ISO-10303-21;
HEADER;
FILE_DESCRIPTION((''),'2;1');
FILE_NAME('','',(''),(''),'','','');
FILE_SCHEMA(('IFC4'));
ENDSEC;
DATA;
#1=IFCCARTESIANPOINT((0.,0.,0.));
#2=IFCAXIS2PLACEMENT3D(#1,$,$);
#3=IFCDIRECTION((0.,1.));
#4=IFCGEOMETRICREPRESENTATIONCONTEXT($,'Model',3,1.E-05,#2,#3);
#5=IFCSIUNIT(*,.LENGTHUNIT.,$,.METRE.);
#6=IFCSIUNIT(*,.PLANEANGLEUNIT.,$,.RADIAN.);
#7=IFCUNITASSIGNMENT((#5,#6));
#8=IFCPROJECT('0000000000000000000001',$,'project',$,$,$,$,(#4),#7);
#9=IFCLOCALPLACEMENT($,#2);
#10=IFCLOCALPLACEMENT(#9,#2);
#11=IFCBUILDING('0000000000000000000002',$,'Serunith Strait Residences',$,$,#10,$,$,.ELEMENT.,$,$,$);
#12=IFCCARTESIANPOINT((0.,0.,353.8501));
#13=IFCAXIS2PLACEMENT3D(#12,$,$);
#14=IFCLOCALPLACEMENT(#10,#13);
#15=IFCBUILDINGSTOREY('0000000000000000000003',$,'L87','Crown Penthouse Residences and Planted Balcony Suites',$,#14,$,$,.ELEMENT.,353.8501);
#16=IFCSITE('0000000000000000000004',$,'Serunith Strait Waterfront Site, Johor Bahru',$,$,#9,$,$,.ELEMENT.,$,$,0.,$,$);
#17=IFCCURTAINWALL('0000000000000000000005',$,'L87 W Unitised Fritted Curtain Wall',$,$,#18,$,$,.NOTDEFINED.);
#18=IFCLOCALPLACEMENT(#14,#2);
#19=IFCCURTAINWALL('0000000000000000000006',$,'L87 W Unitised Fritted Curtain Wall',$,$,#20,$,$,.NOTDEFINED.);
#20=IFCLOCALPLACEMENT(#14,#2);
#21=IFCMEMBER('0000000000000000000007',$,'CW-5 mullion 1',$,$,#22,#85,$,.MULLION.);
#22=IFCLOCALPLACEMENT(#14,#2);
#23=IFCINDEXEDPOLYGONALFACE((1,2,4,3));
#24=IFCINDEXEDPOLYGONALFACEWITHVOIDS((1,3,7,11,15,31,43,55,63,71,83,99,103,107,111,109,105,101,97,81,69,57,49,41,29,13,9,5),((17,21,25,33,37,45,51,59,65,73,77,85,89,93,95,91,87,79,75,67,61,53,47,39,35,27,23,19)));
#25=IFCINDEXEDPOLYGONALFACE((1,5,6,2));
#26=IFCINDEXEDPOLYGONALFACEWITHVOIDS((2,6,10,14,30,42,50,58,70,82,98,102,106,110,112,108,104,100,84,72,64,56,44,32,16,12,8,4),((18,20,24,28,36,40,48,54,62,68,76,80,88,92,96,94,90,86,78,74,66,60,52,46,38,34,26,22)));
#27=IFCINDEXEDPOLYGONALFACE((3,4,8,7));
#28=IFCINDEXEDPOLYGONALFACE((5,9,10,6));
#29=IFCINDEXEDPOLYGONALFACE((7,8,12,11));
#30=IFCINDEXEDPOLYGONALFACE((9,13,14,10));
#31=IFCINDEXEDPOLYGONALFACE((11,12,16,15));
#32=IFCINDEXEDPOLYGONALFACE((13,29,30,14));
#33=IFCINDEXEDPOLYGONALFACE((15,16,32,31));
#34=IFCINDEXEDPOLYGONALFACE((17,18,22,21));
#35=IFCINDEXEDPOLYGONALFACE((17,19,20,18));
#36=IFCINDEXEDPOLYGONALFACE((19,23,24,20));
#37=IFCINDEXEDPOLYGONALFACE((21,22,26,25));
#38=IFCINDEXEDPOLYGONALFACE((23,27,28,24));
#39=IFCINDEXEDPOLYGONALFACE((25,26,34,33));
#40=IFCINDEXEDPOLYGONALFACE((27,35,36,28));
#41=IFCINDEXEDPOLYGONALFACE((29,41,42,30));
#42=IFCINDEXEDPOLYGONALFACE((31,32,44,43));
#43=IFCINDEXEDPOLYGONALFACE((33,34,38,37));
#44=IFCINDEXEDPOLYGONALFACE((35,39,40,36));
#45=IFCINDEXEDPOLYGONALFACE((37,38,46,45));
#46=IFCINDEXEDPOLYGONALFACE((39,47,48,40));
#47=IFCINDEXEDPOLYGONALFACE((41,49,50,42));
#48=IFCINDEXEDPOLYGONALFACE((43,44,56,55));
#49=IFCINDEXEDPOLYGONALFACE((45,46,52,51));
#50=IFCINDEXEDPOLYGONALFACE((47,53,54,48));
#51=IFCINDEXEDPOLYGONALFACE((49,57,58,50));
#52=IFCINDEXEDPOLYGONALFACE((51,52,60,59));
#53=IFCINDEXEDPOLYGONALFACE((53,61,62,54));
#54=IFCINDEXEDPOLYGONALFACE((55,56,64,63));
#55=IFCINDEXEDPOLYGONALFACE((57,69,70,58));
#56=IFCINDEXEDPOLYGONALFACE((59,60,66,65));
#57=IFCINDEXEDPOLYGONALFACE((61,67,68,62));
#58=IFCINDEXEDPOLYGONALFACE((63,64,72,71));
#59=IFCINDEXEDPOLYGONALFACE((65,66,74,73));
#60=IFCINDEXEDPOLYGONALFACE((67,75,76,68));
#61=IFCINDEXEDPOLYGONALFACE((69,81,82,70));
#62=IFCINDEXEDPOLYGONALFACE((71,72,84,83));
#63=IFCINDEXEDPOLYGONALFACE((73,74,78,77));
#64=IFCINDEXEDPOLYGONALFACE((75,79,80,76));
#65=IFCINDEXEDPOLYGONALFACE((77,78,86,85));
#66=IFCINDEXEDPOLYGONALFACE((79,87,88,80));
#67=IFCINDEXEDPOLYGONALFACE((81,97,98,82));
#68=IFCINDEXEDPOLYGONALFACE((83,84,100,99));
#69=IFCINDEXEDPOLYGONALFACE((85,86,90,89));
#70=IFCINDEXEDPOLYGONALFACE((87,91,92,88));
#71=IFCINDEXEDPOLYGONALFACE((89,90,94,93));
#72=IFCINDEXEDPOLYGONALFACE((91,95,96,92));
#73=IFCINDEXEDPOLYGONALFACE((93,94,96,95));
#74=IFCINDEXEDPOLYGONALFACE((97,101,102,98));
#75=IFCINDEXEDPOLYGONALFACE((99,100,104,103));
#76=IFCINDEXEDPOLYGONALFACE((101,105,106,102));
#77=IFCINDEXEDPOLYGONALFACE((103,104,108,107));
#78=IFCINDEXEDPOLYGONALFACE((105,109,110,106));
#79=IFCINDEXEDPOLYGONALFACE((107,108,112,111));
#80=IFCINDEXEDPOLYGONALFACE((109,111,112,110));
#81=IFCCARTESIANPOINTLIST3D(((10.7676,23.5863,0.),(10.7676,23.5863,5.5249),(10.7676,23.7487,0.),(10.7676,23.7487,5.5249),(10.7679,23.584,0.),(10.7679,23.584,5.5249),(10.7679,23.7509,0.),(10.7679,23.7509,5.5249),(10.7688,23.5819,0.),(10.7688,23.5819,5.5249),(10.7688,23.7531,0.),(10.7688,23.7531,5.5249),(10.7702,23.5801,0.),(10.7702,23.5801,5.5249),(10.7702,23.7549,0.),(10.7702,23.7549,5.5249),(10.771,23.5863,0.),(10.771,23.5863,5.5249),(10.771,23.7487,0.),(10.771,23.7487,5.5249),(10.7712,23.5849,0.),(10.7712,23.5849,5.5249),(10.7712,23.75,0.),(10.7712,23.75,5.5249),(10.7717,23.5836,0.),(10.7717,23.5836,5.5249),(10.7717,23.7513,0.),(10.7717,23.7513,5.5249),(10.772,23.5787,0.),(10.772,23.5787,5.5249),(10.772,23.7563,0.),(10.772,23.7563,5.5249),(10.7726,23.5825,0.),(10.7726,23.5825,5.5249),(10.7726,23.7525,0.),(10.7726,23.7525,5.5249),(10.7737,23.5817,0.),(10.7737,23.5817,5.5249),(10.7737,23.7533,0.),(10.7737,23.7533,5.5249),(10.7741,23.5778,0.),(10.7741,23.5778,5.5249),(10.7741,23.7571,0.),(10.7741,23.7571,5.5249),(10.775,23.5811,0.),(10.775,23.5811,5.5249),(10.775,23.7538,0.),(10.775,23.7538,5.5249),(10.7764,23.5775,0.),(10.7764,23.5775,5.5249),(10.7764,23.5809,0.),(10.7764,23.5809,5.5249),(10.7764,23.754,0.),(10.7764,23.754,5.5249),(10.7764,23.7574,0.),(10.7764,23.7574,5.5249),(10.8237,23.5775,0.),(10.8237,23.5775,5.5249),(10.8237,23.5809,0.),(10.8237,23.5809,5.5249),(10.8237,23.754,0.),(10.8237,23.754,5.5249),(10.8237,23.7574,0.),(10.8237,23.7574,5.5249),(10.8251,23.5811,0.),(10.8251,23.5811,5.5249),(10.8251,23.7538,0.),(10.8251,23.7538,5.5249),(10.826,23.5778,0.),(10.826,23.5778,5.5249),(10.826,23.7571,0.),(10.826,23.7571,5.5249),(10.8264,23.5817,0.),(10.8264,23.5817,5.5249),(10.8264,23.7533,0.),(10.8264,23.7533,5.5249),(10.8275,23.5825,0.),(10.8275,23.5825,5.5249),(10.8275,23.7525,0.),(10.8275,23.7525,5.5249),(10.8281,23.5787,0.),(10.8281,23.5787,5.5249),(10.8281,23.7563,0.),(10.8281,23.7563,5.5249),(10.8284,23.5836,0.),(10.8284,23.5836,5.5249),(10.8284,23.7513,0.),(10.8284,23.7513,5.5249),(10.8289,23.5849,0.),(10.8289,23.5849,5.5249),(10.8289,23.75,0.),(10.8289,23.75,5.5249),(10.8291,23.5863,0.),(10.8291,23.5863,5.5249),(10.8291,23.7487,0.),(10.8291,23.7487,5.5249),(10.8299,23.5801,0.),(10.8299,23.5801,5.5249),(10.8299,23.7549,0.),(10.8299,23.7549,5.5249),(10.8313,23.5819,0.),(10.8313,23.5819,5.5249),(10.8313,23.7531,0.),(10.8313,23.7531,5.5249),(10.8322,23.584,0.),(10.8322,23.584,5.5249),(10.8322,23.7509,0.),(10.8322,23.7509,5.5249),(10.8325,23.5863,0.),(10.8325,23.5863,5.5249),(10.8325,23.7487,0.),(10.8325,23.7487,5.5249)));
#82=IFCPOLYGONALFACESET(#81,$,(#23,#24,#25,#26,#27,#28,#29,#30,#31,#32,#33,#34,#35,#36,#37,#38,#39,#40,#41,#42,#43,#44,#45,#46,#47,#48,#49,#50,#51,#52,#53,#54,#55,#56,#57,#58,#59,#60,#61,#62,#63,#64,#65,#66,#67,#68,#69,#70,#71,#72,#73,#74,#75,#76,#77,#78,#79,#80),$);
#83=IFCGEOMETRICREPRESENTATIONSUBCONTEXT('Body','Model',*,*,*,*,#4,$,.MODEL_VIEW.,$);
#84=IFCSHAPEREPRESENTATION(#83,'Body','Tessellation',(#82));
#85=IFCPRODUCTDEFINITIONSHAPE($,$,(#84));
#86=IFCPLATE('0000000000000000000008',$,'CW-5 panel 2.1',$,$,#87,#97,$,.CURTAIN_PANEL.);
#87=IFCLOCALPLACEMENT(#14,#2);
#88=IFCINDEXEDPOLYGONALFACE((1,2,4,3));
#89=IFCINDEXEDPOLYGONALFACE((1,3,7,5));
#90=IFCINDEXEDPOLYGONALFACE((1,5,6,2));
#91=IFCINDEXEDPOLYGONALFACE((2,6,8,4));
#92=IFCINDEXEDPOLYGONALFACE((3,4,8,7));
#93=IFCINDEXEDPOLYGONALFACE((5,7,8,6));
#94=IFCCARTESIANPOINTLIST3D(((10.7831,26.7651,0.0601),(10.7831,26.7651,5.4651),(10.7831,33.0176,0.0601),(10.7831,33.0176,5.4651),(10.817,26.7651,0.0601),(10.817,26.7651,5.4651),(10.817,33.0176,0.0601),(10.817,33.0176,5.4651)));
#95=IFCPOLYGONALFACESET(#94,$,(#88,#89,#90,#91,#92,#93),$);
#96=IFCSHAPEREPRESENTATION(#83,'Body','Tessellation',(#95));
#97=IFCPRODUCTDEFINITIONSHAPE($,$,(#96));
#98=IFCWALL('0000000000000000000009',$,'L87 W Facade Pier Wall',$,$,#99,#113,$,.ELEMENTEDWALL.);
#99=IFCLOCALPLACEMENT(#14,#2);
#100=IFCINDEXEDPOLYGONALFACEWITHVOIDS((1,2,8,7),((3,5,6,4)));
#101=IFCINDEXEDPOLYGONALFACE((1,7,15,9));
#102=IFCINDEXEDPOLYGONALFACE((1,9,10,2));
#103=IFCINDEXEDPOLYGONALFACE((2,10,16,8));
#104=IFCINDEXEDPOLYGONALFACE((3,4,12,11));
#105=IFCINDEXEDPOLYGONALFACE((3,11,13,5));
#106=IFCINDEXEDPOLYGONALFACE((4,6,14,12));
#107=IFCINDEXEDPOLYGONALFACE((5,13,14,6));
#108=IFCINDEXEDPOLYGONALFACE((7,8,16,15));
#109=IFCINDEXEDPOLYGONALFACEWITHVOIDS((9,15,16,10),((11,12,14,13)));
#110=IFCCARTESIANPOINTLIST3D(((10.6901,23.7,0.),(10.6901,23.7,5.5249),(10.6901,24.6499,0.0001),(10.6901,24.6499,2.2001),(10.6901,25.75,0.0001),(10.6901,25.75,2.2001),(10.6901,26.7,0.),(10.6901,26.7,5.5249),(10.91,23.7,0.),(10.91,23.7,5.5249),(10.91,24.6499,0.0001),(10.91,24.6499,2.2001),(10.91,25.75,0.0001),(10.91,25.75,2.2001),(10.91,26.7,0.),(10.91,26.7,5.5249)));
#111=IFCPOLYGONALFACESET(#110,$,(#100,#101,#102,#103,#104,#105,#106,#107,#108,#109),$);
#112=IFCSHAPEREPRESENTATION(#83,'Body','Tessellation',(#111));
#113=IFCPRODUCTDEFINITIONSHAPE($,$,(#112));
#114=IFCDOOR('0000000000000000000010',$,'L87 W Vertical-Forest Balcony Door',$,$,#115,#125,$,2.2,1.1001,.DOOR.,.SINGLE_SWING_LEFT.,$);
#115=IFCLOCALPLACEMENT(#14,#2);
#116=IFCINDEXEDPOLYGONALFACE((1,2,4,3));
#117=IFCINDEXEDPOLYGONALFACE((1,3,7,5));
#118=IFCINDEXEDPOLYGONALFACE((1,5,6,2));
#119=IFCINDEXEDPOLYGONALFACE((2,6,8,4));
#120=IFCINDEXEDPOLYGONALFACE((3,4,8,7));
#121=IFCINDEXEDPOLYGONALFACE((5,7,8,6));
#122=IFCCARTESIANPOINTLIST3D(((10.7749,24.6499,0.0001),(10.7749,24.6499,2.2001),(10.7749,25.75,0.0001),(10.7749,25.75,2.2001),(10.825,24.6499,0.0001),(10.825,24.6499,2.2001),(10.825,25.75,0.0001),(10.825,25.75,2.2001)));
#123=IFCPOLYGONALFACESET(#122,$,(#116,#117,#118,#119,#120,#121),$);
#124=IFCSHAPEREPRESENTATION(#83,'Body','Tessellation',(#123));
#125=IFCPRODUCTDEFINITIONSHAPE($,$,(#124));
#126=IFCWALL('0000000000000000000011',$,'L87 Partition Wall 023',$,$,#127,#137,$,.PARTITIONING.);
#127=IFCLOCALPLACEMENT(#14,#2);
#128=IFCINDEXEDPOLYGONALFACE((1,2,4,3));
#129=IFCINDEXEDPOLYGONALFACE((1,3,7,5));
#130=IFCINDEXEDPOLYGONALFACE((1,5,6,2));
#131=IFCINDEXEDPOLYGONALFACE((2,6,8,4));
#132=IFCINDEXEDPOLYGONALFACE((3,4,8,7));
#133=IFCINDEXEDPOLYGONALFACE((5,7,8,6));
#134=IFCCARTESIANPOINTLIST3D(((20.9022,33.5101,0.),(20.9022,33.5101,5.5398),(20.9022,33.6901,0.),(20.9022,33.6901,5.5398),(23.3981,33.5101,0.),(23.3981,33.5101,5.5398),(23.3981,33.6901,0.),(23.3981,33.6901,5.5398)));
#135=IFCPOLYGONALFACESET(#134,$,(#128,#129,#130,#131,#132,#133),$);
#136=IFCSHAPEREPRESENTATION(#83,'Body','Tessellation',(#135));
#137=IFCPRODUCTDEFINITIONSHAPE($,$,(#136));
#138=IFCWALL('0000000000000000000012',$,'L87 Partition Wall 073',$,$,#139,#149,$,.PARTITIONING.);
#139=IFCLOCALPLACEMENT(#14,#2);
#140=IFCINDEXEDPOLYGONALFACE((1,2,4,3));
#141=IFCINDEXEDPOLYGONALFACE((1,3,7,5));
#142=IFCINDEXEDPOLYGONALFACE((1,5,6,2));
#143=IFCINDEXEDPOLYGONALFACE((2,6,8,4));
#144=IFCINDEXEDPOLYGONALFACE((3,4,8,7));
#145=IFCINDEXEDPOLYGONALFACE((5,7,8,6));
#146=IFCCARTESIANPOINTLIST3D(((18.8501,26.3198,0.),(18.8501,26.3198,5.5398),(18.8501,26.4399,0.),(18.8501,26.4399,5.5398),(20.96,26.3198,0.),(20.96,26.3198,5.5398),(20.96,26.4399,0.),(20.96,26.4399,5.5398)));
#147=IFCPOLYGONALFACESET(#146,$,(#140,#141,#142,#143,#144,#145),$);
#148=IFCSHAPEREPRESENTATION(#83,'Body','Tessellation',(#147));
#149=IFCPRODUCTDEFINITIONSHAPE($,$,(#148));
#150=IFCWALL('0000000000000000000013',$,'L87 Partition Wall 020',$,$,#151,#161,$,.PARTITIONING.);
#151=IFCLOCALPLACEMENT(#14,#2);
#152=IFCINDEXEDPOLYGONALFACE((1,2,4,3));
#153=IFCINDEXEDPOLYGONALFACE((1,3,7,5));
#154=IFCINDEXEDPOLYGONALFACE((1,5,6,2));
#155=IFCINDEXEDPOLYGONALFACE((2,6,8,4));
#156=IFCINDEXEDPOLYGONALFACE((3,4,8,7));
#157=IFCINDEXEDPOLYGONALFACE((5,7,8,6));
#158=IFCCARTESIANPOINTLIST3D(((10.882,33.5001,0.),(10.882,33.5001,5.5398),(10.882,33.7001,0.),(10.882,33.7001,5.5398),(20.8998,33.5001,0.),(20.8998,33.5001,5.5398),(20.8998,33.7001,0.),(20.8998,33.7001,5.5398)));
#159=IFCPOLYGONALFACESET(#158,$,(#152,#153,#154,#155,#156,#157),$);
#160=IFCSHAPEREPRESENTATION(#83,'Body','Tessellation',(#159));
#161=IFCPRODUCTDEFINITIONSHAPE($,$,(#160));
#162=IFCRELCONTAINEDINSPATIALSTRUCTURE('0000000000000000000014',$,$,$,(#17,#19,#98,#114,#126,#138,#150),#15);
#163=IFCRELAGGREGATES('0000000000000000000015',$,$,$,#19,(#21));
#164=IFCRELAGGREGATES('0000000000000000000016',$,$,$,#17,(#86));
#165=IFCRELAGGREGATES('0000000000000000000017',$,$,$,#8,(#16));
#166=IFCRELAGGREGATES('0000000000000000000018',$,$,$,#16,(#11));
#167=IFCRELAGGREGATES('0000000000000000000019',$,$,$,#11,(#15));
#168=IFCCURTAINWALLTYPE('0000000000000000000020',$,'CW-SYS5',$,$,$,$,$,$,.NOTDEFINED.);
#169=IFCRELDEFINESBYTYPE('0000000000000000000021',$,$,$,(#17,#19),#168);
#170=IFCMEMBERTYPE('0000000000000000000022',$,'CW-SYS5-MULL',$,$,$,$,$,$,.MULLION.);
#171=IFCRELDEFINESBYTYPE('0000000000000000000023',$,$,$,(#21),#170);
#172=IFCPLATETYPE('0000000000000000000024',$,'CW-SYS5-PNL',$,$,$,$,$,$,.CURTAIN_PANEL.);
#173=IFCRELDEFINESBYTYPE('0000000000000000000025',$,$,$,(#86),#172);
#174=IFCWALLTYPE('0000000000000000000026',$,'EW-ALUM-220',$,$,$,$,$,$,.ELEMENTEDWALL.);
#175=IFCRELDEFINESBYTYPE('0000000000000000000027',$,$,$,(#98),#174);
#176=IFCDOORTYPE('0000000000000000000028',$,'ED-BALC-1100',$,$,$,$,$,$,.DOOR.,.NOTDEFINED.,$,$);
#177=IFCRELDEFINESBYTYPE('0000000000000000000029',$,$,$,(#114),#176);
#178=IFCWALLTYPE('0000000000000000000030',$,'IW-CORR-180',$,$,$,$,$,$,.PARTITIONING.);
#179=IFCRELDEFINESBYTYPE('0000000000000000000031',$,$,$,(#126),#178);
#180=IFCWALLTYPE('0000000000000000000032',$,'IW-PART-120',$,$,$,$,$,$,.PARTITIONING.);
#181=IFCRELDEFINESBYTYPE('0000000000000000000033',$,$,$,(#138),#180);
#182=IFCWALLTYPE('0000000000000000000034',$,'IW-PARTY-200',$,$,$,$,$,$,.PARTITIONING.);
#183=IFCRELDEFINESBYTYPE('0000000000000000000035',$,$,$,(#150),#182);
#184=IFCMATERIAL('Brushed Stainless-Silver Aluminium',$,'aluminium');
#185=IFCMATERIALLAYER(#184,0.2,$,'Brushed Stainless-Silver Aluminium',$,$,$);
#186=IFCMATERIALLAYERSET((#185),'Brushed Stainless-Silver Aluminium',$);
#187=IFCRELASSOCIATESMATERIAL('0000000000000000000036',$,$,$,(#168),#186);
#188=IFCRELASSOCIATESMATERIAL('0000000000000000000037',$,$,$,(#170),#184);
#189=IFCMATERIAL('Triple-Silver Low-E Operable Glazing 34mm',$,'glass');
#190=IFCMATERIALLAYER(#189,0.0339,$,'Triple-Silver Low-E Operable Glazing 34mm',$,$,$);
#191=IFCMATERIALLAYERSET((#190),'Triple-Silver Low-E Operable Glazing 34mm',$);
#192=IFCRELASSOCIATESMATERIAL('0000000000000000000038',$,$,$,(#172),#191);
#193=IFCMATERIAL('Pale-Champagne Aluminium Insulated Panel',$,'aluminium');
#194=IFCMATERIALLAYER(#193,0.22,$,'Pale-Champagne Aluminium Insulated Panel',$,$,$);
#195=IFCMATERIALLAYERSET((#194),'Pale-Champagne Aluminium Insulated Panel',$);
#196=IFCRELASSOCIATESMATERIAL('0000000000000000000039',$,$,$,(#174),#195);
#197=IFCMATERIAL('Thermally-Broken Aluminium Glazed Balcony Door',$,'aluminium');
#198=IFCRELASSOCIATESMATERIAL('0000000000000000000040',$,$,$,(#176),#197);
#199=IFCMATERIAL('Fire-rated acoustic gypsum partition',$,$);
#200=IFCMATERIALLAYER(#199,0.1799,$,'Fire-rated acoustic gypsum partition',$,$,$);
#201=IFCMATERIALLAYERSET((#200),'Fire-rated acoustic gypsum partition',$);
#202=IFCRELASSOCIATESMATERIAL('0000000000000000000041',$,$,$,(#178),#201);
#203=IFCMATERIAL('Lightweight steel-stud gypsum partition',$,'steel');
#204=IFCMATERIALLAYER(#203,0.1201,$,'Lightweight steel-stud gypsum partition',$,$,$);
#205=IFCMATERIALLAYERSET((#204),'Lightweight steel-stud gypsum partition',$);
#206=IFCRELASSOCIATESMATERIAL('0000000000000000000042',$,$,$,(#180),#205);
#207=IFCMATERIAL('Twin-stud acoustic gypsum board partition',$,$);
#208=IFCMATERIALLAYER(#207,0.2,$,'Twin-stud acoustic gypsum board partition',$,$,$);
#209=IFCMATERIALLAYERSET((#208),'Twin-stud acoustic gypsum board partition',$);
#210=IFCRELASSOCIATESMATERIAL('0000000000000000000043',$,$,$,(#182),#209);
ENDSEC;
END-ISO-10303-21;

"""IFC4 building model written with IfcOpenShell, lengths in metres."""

from ifc_helpers import new_model, si_unit, direction, frame, frame_2d, origin, origin_2d, place, context, subcontext, project, spatial, rectangle, hollow_rectangle, extrude, source, transform, mapped, material, layer, layer_set, material_profile, profile_set, type_object, element, fill, aggregate, save


model = new_model("IFC4")

# Units and contexts
model_context = context("Model", 3, precision=1e-05, world=origin(), true_north=direction((0.0, 1.0)))
body_context = subcontext(model_context, "Body", "Model", "MODEL_VIEW")
ifc_project = project(units=[si_unit("LENGTHUNIT", "METRE"), si_unit("PLANEANGLEUNIT", "RADIAN")], contexts=[model_context])

# Site, building, storey
site_placement = place(None, origin())
site = spatial("IfcSite", under=ifc_project, at=site_placement, Name="Serunith Strait Waterfront Site, Johor Bahru", CompositionType="ELEMENT", RefElevation=0.0)
building_placement = place(site_placement, origin())
building = spatial("IfcBuilding", under=site, at=building_placement, Name="Serunith Strait Residences", CompositionType="ELEMENT")
storey_placement = place(building_placement, frame((0.0, 0.0, 353.8501)))
storey = spatial("IfcBuildingStorey", under=building, at=storey_placement, Name="L87", Description="Crown Penthouse Residences and Planted Balcony Suites", CompositionType="ELEMENT", Elevation=353.8501)

# Curtain wall
ifc_material_1 = material(Name="Brushed Stainless-Silver Aluminium", Category="aluminium")
ifc_layer_1 = layer(ifc_material_1, 0.2, Name="Brushed Stainless-Silver Aluminium")
ifc_layer_set_1 = layer_set([ifc_layer_1], Name="Brushed Stainless-Silver Aluminium")
curtain_wall_type = type_object("IfcCurtainWallType", Name="CW-SYS5", PredefinedType="NOTDEFINED", material=ifc_layer_set_1)
curtain_wall_1_placement = place(storey_placement, origin())
curtain_wall_1 = element("IfcCurtainWall", 1, at=curtain_wall_1_placement, inside=storey, type_object=curtain_wall_type, Name="L87 W Unitised Fritted Curtain Wall", PredefinedType="NOTDEFINED")
ifc_material_profile_1 = material_profile(ifc_material_1, hollow_rectangle(XDim=0.0649, YDim=0.1799, WallThickness=0.0034, InnerFilletRadius=0.0054, OuterFilletRadius=0.0088, at=origin_2d()), Name="ALU 180x65x3.5")
ifc_profile_set_1 = profile_set([ifc_material_profile_1], Name="Brushed Stainless-Silver Aluminium")
member_type_1 = type_object("IfcMemberType", Name="CW-SYS5-MULL", PredefinedType="MULLION", material=ifc_profile_set_1)
shared_shape_1 = source(origin(), body_context, "Body", "SweptSolid", [
    extrude(hollow_rectangle(XDim=0.0649, YDim=0.1799, WallThickness=0.0034, InnerFilletRadius=0.0054, OuterFilletRadius=0.0088, at=origin_2d()), origin(), (0.0, 0.0, 1.0), 5.5249),
])

# Curtain wall, member
curtain_wall_2_placement = place(storey_placement, origin())
curtain_wall_2 = element("IfcCurtainWall", 2, at=curtain_wall_2_placement, inside=storey, type_object=curtain_wall_type, Name="L87 W Unitised Fritted Curtain Wall", PredefinedType="NOTDEFINED")
member_1_placement = place(storey_placement, frame((10.8, 23.6675, 0.0), z_axis=(0.0, 0.0, 1.0), x_axis=(1.0, 0.0, 0.0)))
member_1 = element("IfcMember", 3, at=member_1_placement, type_object=member_type_1, Name="CW-5 mullion 1", PredefinedType="MULLION", context=body_context, shape_type="MappedRepresentation", body=[
    mapped(shared_shape_1, transform((0.0, 0.0, 0.0), scale=1.0)),
])
aggregate(curtain_wall_2, [member_1])

# Plate
ifc_material_2 = material(Name="Triple-Silver Low-E Operable Glazing 34mm", Category="glass")
ifc_layer_2 = layer(ifc_material_2, 0.0339, Name="Triple-Silver Low-E Operable Glazing 34mm")
ifc_layer_set_2 = layer_set([ifc_layer_2], Name="Triple-Silver Low-E Operable Glazing 34mm")
plate_type = type_object("IfcPlateType", Name="CW-SYS5-PNL", PredefinedType="CURTAIN_PANEL", material=ifc_layer_set_2)
shared_shape_2 = source(origin(), body_context, "Body", "SweptSolid", [
    extrude(rectangle(XDim=6.2524, YDim=0.0339, at=origin_2d()), origin(), (0.0, 0.0, 1.0), 5.405),
])
plate_placement = place(storey_placement, frame((10.8, 29.8914, 0.0601), z_axis=(0.0, 0.0, 1.0), x_axis=(0.0, -1.0, 0.0)))
plate = element("IfcPlate", 4, at=plate_placement, type_object=plate_type, Name="CW-5 panel 2.1", PredefinedType="CURTAIN_PANEL", context=body_context, shape_type="MappedRepresentation", body=[
    mapped(shared_shape_2, transform((0.0, 0.0, 0.0), scale=1.0)),
])
aggregate(curtain_wall_1, [plate])

# Wall, opening, door
ifc_material_3 = material(Name="Pale-Champagne Aluminium Insulated Panel", Category="aluminium")
ifc_layer_3 = layer(ifc_material_3, 0.22, Name="Pale-Champagne Aluminium Insulated Panel")
ifc_layer_set_3 = layer_set([ifc_layer_3], Name="Pale-Champagne Aluminium Insulated Panel")
wall_type_1 = type_object("IfcWallType", Name="EW-ALUM-220", PredefinedType="ELEMENTEDWALL", material=ifc_layer_set_3)
wall_1_placement = place(storey_placement, frame((10.8, 26.7, 0.0), z_axis=(0.0, 0.0, 1.0), x_axis=(0.0, -1.0, 0.0)))
wall_1 = element("IfcWall", 5, at=wall_1_placement, inside=storey, type_object=wall_type_1, Name="L87 W Facade Pier Wall", PredefinedType="ELEMENTEDWALL", context=body_context, shape_type="SweptSolid", body=[
    extrude(rectangle(XDim=3.0, YDim=0.22, at=frame_2d((1.5, 0.0))), origin(), (0.0, 0.0, 1.0), 5.5249),
])
opening_1_placement = place(wall_1_placement, frame((0.95, 0.0, 0.0)))
opening_1 = element("IfcOpeningElement", 6, at=opening_1_placement, cuts=wall_1, PredefinedType="OPENING", context=body_context, shape_type="SweptSolid", body=[
    extrude(rectangle(XDim=1.1001, YDim=2.2, at=frame_2d((0.55, 1.1001))), frame((0.0, 0.1201, 0.0), z_axis=(0.0, -1.0, 0.0), x_axis=(1.0, 0.0, 0.0)), (0.0, 0.0, 1.0), 0.24),
])
ifc_material_4 = material(Name="Thermally-Broken Aluminium Glazed Balcony Door", Category="aluminium")
door_type_1 = type_object("IfcDoorType", Name="ED-BALC-1100", OperationType="NOTDEFINED", PredefinedType="DOOR", material=ifc_material_4)
shared_shape_3 = source(origin(), body_context, "Body", "SweptSolid", [
    extrude(rectangle(XDim=1.1001, YDim=2.2, at=frame_2d((0.55, 1.1001))), frame((0.0, 0.0249, 0.0), z_axis=(0.0, -1.0, 0.0), x_axis=(1.0, 0.0, 0.0)), (0.0, 0.0, 1.0), 0.05),
])
door_1_placement = place(opening_1_placement, origin())
door_1 = element("IfcDoor", 7, at=door_1_placement, inside=storey, type_object=door_type_1, Name="L87 W Vertical-Forest Balcony Door", OperationType="SINGLE_SWING_LEFT", OverallHeight=2.2, OverallWidth=1.1001, PredefinedType="DOOR", context=body_context, shape_type="MappedRepresentation", body=[
    mapped(shared_shape_3, transform((0.0, 0.0, 0.0), scale=1.0)),
])
fill(opening_1, door_1)

# Walls
ifc_material_5 = material(Name="Fire-rated acoustic gypsum partition")
ifc_layer_4 = layer(ifc_material_5, 0.1799, Name="Fire-rated acoustic gypsum partition")
ifc_layer_set_4 = layer_set([ifc_layer_4], Name="Fire-rated acoustic gypsum partition")
wall_type_2 = type_object("IfcWallType", Name="IW-CORR-180", PredefinedType="PARTITIONING", material=ifc_layer_set_4)
wall_2_placement = place(storey_placement, frame((20.9021, 33.6001, 0.0), z_axis=(0.0, 0.0, 1.0), x_axis=(1.0, 0.0, 0.0)))
element("IfcWall", 8, at=wall_2_placement, inside=storey, type_object=wall_type_2, Name="L87 Partition Wall 023", PredefinedType="PARTITIONING", context=body_context, shape_type="SweptSolid", body=[
    extrude(rectangle(XDim=2.4958, YDim=0.1799, at=frame_2d((1.248, 0.0))), origin(), (0.0, 0.0, 1.0), 5.5398),
])
ifc_material_6 = material(Name="Lightweight steel-stud gypsum partition", Category="steel")
ifc_layer_5 = layer(ifc_material_6, 0.1201, Name="Lightweight steel-stud gypsum partition")
ifc_layer_set_5 = layer_set([ifc_layer_5], Name="Lightweight steel-stud gypsum partition")
wall_type_3 = type_object("IfcWallType", Name="IW-PART-120", PredefinedType="PARTITIONING", material=ifc_layer_set_5)
wall_3_placement = place(storey_placement, frame((18.8501, 26.3799, 0.0), z_axis=(0.0, 0.0, 1.0), x_axis=(1.0, 0.0, 0.0)))
element("IfcWall", 9, at=wall_3_placement, inside=storey, type_object=wall_type_3, Name="L87 Partition Wall 073", PredefinedType="PARTITIONING", context=body_context, shape_type="SweptSolid", body=[
    extrude(rectangle(XDim=2.1099, YDim=0.1201, at=frame_2d((1.0549, 0.0))), origin(), (0.0, 0.0, 1.0), 5.5398),
])
ifc_material_7 = material(Name="Twin-stud acoustic gypsum board partition")
ifc_layer_6 = layer(ifc_material_7, 0.2, Name="Twin-stud acoustic gypsum board partition")
ifc_layer_set_6 = layer_set([ifc_layer_6], Name="Twin-stud acoustic gypsum board partition")
wall_type_4 = type_object("IfcWallType", Name="IW-PARTY-200", PredefinedType="PARTITIONING", material=ifc_layer_set_6)
wall_4_placement = place(storey_placement, frame((10.8821, 33.6001, 0.0), z_axis=(0.0, 0.0, 1.0), x_axis=(1.0, 0.0, 0.0)))
element("IfcWall", 10, at=wall_4_placement, inside=storey, type_object=wall_type_4, Name="L87 Partition Wall 020", PredefinedType="PARTITIONING", context=body_context, shape_type="SweptSolid", body=[
    extrude(rectangle(XDim=10.0178, YDim=0.2, at=frame_2d((5.0088, 0.0))), origin(), (0.0, 0.0, 1.0), 5.5398),
])

save(model, "model.ifc")
